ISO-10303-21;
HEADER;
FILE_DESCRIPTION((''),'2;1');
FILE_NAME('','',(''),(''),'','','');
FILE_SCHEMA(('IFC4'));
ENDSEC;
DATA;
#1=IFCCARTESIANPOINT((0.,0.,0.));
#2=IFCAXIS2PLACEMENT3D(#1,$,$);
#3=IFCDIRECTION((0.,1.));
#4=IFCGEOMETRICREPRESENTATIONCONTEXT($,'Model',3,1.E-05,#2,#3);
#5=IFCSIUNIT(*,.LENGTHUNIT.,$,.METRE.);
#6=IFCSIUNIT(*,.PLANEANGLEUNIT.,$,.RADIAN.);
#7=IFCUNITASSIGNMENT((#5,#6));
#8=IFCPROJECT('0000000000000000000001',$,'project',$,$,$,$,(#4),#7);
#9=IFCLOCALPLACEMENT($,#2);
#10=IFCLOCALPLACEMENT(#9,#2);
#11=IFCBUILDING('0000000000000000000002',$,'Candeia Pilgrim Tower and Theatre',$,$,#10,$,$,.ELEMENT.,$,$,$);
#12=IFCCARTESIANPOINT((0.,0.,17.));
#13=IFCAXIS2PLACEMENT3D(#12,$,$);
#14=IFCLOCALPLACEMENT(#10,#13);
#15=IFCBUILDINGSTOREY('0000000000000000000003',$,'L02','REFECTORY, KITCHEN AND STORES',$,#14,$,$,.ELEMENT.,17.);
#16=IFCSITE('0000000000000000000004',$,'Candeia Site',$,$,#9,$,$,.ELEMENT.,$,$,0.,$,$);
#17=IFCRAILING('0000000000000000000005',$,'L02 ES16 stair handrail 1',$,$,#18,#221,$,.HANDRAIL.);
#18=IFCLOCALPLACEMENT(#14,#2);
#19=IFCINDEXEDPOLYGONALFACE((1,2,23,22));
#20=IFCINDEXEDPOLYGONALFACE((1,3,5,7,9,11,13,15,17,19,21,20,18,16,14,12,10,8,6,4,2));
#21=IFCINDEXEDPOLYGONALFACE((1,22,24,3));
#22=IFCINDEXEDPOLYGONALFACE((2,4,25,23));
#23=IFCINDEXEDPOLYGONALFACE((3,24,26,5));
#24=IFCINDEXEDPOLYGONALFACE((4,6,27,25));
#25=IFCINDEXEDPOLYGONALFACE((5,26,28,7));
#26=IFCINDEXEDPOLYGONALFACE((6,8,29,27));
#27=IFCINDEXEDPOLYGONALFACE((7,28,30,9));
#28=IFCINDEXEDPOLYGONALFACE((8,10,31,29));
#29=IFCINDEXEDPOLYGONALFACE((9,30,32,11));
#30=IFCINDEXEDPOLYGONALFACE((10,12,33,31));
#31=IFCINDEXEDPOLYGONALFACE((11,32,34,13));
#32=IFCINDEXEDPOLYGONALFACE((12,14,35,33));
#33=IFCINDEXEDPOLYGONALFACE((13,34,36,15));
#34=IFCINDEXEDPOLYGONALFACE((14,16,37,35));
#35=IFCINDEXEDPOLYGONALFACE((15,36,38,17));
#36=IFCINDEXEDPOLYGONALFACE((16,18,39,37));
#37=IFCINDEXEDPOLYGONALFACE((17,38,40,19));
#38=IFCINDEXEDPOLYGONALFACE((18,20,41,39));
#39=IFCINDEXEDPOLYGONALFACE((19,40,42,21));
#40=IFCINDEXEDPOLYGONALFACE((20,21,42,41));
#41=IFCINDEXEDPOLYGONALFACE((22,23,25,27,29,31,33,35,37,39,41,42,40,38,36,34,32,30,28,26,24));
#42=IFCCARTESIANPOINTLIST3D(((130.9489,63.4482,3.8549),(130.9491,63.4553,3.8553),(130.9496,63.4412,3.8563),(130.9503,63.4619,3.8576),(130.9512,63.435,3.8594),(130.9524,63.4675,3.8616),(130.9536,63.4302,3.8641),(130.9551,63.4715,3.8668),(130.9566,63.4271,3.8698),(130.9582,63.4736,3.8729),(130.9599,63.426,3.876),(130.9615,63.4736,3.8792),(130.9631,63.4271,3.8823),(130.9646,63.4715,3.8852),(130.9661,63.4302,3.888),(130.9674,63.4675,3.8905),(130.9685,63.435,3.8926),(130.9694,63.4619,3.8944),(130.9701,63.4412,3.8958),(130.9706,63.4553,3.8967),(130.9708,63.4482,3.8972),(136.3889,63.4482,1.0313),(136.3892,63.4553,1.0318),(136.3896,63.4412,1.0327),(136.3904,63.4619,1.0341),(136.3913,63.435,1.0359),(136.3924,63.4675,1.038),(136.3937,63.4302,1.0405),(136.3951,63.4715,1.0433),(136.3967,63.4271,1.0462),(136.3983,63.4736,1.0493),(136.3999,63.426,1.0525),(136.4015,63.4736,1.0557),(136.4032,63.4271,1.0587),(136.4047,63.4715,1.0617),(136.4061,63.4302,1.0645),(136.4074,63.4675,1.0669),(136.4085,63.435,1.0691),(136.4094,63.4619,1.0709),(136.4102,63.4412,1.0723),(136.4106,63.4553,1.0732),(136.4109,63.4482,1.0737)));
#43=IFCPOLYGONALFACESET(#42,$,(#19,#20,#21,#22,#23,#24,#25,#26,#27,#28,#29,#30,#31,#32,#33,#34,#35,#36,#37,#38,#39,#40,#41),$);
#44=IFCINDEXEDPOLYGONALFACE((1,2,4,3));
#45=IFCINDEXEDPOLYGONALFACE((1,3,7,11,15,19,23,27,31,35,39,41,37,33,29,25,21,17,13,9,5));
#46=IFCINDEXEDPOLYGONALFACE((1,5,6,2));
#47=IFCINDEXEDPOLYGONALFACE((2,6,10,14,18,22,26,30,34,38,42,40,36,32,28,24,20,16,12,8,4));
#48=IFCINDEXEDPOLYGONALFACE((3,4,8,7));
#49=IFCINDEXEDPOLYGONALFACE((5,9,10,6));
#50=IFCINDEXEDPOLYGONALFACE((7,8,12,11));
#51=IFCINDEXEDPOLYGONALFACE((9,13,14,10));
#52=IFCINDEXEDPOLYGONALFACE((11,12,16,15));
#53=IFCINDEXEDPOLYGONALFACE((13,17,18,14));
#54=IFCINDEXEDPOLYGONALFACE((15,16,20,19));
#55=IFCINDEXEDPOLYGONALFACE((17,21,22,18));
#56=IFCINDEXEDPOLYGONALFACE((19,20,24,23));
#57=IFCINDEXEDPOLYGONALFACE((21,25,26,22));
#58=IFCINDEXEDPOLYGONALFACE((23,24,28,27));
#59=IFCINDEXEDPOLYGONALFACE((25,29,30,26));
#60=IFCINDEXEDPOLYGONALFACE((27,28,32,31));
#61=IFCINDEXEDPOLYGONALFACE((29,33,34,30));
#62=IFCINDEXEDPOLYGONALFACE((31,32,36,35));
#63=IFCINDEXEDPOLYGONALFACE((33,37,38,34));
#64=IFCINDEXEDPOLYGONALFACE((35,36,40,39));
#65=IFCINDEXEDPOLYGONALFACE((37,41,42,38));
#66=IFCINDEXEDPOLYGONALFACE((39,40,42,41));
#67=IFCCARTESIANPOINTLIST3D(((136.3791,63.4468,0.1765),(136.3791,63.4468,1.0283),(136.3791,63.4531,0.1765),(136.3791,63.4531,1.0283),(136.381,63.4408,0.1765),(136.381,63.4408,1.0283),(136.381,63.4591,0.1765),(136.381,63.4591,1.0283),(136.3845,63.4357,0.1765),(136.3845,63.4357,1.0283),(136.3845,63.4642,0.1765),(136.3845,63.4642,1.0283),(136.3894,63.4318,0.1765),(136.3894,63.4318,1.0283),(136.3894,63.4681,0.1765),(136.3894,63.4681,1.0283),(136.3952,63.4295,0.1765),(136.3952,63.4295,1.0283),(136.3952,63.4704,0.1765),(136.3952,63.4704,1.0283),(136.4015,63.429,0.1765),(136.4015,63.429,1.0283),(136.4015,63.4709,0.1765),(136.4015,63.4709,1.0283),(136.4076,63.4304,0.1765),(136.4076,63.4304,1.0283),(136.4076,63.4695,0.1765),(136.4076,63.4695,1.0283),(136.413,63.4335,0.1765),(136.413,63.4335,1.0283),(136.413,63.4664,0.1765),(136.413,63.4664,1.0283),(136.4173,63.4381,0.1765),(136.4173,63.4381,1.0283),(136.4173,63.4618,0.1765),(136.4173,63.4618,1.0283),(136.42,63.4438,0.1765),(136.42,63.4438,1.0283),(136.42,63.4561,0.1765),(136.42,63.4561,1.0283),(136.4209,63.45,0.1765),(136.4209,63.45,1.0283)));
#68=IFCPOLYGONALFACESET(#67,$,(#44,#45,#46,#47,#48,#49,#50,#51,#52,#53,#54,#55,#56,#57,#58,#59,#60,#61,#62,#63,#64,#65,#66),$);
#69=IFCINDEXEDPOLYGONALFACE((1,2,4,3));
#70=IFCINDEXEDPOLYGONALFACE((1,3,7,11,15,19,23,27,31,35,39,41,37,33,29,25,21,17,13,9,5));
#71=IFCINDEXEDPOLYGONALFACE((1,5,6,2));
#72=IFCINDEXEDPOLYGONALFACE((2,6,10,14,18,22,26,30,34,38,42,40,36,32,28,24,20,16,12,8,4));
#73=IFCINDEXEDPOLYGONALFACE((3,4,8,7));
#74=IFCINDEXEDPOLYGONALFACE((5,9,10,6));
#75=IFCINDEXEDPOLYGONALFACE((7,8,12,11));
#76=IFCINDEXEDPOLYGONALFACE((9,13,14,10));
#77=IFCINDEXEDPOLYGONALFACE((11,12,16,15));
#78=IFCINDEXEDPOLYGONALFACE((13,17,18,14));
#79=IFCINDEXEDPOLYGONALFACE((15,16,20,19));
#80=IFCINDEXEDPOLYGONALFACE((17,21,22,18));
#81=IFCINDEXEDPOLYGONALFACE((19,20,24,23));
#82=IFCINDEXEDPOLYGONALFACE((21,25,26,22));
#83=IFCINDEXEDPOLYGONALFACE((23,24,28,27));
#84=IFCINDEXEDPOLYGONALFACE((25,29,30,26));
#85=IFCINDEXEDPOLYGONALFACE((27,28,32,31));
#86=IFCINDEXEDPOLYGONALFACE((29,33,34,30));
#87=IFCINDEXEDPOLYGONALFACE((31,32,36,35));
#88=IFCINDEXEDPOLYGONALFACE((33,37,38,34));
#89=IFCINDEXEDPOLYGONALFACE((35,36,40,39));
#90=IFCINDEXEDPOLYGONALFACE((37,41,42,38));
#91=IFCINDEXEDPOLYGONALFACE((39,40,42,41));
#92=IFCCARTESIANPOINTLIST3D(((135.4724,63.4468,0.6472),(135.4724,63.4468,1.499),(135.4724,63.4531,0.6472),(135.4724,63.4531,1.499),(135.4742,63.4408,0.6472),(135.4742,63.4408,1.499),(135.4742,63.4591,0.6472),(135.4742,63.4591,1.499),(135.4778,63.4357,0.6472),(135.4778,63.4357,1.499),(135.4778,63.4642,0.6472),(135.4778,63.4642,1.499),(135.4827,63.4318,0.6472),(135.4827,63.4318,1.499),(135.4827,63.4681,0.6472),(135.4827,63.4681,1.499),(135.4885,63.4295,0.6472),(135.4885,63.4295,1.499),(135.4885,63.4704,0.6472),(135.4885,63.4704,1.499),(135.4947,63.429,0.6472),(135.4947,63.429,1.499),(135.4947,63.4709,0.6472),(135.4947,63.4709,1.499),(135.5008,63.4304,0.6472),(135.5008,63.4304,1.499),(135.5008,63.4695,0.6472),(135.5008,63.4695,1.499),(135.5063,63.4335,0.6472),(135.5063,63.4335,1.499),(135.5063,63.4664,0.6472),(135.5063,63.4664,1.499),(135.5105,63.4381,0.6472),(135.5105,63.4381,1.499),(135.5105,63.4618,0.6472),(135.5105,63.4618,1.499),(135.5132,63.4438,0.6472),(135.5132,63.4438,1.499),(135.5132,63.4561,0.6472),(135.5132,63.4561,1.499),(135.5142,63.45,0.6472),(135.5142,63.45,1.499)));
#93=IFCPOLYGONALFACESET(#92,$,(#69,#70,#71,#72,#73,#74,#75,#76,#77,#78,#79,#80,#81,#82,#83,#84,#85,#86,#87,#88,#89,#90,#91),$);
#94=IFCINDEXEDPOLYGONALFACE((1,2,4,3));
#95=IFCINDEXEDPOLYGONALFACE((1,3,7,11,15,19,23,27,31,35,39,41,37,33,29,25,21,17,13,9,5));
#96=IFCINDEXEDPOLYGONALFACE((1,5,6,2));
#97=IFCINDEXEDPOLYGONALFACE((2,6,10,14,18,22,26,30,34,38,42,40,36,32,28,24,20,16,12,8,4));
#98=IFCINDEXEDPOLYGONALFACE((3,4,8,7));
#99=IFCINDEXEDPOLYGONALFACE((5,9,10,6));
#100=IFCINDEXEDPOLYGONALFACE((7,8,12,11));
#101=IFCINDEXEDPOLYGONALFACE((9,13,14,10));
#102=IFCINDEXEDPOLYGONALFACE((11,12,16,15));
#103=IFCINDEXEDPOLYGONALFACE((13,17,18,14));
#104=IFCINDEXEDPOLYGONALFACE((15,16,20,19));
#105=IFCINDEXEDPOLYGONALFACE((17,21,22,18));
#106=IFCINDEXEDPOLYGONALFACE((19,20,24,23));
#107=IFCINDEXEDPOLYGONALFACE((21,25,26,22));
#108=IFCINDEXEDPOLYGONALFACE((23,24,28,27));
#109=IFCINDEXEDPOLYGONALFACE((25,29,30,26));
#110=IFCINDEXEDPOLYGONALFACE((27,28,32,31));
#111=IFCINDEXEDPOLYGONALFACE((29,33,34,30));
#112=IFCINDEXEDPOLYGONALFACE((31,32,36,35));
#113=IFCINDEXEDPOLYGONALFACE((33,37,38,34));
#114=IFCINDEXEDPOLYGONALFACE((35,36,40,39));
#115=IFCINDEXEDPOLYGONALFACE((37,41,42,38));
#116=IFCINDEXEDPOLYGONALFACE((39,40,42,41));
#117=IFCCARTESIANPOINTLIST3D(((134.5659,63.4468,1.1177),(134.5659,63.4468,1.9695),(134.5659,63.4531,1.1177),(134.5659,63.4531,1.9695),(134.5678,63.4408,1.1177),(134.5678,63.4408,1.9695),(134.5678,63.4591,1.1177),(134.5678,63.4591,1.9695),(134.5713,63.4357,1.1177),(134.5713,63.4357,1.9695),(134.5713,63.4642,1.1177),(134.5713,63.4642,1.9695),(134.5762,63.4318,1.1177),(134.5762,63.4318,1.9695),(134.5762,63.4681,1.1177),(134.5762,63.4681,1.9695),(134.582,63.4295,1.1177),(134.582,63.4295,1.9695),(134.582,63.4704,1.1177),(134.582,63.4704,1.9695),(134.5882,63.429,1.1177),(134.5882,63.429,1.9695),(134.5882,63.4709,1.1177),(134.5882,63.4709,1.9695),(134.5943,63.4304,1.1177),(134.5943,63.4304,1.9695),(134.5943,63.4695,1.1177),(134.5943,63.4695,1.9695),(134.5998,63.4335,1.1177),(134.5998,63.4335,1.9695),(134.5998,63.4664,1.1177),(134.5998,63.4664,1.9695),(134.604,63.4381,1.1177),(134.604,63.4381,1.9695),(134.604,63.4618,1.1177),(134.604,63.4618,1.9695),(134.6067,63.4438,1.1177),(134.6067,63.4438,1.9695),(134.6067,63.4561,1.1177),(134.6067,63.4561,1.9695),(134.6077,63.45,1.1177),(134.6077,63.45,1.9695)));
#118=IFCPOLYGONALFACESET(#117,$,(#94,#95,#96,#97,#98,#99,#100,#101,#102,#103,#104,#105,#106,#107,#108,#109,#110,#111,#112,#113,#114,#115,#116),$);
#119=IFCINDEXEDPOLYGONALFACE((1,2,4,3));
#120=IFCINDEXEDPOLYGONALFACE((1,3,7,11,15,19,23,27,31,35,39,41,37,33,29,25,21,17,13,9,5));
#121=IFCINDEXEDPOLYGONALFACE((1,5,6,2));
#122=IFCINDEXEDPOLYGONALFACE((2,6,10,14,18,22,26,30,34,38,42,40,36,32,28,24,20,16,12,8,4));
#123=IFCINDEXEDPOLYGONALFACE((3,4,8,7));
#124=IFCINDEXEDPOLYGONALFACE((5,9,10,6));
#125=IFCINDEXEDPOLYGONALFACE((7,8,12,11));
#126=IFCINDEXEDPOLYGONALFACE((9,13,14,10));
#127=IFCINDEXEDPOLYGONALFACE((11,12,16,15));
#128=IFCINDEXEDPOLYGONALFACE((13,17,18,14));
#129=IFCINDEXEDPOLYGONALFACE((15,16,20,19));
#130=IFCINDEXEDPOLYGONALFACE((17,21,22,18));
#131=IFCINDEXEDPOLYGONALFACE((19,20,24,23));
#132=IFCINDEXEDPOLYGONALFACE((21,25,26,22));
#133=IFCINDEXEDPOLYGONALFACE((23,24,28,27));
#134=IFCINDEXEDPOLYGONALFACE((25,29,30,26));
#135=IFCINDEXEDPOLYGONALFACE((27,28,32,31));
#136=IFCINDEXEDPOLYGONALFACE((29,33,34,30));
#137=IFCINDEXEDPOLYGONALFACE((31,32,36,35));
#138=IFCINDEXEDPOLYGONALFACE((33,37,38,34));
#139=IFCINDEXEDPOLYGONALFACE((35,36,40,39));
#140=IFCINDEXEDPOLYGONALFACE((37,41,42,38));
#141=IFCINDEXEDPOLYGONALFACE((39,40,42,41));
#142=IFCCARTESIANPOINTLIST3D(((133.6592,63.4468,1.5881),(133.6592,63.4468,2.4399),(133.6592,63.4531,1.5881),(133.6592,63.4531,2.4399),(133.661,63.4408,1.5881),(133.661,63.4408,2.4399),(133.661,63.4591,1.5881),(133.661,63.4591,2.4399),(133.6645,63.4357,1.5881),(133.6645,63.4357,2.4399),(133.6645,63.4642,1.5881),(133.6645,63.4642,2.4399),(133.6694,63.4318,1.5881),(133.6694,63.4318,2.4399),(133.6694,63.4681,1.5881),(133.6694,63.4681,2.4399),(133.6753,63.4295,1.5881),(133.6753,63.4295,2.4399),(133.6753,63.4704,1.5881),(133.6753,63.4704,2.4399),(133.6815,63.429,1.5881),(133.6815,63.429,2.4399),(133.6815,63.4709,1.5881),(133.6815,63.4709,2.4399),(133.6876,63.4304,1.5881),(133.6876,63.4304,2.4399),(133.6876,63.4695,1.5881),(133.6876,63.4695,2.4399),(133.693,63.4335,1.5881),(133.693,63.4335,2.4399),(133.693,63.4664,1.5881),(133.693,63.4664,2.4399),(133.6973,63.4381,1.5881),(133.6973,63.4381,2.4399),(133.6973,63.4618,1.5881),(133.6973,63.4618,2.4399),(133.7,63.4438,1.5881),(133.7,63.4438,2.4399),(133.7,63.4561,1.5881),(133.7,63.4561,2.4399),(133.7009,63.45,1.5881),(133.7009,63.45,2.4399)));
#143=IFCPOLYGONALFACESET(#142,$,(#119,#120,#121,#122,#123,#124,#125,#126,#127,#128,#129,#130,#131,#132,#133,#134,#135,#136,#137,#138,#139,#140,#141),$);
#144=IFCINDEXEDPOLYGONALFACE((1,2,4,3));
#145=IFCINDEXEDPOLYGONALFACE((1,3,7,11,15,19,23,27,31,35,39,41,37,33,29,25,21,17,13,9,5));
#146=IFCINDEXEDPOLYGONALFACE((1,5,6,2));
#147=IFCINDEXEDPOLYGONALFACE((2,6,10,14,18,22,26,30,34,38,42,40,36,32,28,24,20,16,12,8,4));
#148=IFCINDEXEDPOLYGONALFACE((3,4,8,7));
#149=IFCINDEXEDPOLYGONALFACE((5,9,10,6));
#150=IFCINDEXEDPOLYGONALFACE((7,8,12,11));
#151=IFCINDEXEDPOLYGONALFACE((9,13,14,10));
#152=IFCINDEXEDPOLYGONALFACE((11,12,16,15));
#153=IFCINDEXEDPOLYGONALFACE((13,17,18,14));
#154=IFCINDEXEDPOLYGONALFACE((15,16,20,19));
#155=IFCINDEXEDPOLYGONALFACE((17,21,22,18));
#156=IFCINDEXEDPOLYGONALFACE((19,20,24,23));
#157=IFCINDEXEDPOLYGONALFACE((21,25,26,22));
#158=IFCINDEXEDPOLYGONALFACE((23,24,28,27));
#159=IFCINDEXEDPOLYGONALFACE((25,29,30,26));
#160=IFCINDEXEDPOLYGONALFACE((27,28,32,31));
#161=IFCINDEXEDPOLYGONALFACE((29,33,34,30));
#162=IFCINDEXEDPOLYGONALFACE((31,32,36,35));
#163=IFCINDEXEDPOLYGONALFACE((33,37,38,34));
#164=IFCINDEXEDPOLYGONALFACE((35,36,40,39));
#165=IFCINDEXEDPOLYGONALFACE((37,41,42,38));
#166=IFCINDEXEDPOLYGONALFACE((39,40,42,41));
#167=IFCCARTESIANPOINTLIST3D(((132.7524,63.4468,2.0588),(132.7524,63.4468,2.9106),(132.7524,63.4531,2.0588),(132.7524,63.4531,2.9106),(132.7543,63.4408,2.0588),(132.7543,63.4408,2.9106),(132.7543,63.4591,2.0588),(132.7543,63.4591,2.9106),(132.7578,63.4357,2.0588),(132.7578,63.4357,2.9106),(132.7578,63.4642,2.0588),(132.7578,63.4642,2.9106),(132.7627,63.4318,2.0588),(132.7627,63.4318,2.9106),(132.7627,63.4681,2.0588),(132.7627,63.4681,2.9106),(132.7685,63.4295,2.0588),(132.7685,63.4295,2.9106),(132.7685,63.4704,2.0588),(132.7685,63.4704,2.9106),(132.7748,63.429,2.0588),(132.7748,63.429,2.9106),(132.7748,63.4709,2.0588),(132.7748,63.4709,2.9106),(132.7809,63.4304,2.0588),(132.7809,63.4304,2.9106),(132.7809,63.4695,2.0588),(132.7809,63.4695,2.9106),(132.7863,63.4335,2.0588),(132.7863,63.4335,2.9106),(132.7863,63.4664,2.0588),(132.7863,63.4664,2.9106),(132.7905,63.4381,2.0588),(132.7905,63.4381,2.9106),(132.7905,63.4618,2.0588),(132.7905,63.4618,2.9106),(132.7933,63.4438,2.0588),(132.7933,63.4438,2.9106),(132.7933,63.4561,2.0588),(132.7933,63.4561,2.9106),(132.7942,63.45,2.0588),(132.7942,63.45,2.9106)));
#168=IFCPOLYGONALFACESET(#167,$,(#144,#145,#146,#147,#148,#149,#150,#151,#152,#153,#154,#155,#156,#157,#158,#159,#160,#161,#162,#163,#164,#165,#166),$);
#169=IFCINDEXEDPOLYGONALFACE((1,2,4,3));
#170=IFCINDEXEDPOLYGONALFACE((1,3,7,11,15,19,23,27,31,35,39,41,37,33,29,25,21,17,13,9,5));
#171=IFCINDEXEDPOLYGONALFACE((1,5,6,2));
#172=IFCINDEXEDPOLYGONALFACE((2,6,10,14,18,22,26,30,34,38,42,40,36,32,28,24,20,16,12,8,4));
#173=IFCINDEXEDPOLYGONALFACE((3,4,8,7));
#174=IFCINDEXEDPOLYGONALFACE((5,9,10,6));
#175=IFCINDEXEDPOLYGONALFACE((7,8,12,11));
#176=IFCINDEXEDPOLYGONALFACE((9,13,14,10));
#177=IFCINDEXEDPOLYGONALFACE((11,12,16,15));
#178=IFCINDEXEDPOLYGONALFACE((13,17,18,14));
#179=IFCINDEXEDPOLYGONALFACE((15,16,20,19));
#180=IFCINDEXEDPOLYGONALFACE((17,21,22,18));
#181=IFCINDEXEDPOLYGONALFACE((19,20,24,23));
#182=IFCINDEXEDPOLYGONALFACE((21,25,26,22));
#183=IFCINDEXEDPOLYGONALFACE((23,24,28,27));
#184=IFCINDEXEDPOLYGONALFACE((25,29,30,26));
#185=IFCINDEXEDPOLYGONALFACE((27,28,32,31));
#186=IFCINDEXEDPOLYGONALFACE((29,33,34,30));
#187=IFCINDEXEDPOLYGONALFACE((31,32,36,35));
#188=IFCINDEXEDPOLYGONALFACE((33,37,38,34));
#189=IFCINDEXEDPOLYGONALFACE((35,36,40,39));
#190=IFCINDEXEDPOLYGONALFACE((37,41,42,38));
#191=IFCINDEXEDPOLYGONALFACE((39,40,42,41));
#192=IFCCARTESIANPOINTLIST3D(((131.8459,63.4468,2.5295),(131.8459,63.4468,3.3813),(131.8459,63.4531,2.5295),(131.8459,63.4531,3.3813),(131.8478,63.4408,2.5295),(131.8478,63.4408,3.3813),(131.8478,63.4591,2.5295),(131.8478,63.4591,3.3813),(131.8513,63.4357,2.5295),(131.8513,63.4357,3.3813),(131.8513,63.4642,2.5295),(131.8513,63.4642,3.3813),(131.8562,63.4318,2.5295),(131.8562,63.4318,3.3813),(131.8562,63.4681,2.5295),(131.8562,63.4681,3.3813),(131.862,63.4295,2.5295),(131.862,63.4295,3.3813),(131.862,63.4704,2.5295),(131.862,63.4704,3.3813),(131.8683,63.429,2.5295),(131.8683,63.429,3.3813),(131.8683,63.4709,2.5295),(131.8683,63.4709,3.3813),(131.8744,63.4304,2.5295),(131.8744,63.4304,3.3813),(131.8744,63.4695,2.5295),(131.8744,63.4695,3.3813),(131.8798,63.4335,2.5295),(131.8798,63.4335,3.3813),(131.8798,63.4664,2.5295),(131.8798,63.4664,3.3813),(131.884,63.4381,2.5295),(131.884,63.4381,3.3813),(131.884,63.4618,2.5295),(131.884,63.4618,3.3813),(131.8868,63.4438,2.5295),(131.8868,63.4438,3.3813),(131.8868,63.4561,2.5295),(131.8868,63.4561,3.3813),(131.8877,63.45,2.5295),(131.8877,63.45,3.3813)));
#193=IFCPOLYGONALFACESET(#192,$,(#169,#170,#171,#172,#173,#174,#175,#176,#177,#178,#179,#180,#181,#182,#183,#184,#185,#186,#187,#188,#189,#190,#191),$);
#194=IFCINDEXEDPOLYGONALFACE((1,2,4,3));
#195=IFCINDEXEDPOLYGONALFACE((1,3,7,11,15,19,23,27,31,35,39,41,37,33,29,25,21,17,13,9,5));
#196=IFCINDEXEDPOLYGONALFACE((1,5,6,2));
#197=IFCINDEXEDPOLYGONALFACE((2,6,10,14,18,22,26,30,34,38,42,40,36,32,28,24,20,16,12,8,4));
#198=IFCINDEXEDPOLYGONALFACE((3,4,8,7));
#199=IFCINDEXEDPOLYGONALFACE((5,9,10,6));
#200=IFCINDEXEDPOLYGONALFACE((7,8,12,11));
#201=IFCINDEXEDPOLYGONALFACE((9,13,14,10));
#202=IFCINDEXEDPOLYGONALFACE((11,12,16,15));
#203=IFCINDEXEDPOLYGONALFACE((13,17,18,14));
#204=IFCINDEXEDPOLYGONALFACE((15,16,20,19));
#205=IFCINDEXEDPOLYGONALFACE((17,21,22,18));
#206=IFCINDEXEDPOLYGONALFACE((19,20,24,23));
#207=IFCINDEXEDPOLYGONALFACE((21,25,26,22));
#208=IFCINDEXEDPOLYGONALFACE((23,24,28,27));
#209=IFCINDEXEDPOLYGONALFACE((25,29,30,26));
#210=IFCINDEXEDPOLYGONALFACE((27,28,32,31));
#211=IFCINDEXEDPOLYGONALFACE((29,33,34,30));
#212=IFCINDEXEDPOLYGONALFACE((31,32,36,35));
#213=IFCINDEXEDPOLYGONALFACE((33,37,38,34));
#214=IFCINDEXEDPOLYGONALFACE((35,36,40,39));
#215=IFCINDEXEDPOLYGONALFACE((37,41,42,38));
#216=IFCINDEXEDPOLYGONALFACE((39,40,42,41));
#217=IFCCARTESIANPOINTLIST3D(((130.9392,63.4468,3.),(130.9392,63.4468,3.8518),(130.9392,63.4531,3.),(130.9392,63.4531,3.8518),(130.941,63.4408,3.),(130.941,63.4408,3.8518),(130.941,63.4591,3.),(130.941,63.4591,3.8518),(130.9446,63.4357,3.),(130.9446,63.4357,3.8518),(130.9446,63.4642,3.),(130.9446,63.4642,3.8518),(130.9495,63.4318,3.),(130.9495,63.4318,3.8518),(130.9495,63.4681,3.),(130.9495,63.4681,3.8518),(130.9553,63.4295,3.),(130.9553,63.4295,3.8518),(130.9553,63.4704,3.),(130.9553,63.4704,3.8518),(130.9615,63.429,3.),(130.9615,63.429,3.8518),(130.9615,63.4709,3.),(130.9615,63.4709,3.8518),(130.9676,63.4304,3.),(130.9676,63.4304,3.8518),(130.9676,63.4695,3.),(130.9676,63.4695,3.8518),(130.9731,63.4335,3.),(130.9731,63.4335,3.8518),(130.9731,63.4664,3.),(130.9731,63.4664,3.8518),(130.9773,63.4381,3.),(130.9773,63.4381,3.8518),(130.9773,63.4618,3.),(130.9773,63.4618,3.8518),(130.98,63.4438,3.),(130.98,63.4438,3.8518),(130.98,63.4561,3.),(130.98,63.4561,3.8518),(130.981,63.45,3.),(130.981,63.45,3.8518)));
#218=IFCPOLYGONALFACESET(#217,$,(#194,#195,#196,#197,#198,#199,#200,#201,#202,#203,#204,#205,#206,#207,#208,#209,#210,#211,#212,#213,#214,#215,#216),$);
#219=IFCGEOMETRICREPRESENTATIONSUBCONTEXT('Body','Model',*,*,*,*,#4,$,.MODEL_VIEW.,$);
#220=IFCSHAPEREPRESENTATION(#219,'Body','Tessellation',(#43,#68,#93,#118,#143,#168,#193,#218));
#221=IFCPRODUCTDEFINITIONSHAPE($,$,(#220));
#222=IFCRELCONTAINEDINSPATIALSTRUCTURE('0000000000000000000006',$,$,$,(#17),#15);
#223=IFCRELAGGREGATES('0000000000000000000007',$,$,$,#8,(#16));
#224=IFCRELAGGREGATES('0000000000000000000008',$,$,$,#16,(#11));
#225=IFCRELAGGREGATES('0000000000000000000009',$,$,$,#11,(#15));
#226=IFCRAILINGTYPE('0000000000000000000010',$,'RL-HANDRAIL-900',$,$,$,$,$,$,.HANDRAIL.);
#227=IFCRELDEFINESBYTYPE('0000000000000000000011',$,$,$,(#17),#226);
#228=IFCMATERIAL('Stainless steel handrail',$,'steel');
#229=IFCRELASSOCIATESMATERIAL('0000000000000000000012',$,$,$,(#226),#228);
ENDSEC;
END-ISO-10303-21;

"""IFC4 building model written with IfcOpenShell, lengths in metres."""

from ifc_helpers import new_model, si_unit, direction, frame, origin, origin_2d, place, context, subcontext, project, spatial, circle, extrude, material, type_object, element, save


model = new_model("IFC4")

# Units and contexts
model_context = context("Model", 3, precision=1e-05, world=origin(), true_north=direction((0.0, 1.0)))
body_context = subcontext(model_context, "Body", "Model", "MODEL_VIEW")
ifc_project = project(units=[si_unit("LENGTHUNIT", "METRE"), si_unit("PLANEANGLEUNIT", "RADIAN")], contexts=[model_context])

# Site, building, storey
site_placement = place(None, origin())
site = spatial("IfcSite", under=ifc_project, at=site_placement, Name="Candeia Site", CompositionType="ELEMENT", RefElevation=0.0)
building_placement = place(site_placement, origin())
building = spatial("IfcBuilding", under=site, at=building_placement, Name="Candeia Pilgrim Tower and Theatre", CompositionType="ELEMENT")
storey_placement = place(building_placement, frame((0.0, 0.0, 17.0)))
storey = spatial("IfcBuildingStorey", under=building, at=storey_placement, Name="L02", Description="REFECTORY, KITCHEN AND STORES", CompositionType="ELEMENT", Elevation=17.0)

# Railing
ifc_material_1 = material(Name="Stainless steel handrail", Category="steel")
railing_type_1 = type_object("IfcRailingType", Name="RL-HANDRAIL-900", PredefinedType="HANDRAIL", material=ifc_material_1)
railing_1_placement = place(storey_placement, frame((136.3999, 63.45, 0.1765)))
element("IfcRailing", 1, at=railing_1_placement, inside=storey, type_object=railing_type_1, Name="L02 ES16 stair handrail 1", PredefinedType="HANDRAIL", context=body_context, shape_type="SweptSolid", body=[
    extrude(circle(Radius=0.0239, at=origin_2d()), frame((0.0, 0.0, 0.876), z_axis=(-0.887569, 0.0, 0.460674), x_axis=(0.0, -1.0, 0.0)), (0.0, 0.0, 1.0), 6.1292),
    extrude(circle(Radius=0.021, at=origin_2d()), origin(), (0.0, 0.0, 1.0), 0.8518),
    extrude(circle(Radius=0.021, at=origin_2d()), frame((-0.9067, 0.0, 0.4707)), (0.0, 0.0, 1.0), 0.8518),
    extrude(circle(Radius=0.021, at=origin_2d()), frame((-1.8132, 0.0, 0.9412)), (0.0, 0.0, 1.0), 0.8518),
    extrude(circle(Radius=0.021, at=origin_2d()), frame((-2.72, 0.0, 1.4116)), (0.0, 0.0, 1.0), 0.8518),
    extrude(circle(Radius=0.021, at=origin_2d()), frame((-3.6267, 0.0, 1.8823)), (0.0, 0.0, 1.0), 0.8518),
    extrude(circle(Radius=0.021, at=origin_2d()), frame((-4.5332, 0.0, 2.353)), (0.0, 0.0, 1.0), 0.8518),
    extrude(circle(Radius=0.021, at=origin_2d()), frame((-5.4399, 0.0, 2.8235)), (0.0, 0.0, 1.0), 0.8518),
])

save(model, "model.ifc")
